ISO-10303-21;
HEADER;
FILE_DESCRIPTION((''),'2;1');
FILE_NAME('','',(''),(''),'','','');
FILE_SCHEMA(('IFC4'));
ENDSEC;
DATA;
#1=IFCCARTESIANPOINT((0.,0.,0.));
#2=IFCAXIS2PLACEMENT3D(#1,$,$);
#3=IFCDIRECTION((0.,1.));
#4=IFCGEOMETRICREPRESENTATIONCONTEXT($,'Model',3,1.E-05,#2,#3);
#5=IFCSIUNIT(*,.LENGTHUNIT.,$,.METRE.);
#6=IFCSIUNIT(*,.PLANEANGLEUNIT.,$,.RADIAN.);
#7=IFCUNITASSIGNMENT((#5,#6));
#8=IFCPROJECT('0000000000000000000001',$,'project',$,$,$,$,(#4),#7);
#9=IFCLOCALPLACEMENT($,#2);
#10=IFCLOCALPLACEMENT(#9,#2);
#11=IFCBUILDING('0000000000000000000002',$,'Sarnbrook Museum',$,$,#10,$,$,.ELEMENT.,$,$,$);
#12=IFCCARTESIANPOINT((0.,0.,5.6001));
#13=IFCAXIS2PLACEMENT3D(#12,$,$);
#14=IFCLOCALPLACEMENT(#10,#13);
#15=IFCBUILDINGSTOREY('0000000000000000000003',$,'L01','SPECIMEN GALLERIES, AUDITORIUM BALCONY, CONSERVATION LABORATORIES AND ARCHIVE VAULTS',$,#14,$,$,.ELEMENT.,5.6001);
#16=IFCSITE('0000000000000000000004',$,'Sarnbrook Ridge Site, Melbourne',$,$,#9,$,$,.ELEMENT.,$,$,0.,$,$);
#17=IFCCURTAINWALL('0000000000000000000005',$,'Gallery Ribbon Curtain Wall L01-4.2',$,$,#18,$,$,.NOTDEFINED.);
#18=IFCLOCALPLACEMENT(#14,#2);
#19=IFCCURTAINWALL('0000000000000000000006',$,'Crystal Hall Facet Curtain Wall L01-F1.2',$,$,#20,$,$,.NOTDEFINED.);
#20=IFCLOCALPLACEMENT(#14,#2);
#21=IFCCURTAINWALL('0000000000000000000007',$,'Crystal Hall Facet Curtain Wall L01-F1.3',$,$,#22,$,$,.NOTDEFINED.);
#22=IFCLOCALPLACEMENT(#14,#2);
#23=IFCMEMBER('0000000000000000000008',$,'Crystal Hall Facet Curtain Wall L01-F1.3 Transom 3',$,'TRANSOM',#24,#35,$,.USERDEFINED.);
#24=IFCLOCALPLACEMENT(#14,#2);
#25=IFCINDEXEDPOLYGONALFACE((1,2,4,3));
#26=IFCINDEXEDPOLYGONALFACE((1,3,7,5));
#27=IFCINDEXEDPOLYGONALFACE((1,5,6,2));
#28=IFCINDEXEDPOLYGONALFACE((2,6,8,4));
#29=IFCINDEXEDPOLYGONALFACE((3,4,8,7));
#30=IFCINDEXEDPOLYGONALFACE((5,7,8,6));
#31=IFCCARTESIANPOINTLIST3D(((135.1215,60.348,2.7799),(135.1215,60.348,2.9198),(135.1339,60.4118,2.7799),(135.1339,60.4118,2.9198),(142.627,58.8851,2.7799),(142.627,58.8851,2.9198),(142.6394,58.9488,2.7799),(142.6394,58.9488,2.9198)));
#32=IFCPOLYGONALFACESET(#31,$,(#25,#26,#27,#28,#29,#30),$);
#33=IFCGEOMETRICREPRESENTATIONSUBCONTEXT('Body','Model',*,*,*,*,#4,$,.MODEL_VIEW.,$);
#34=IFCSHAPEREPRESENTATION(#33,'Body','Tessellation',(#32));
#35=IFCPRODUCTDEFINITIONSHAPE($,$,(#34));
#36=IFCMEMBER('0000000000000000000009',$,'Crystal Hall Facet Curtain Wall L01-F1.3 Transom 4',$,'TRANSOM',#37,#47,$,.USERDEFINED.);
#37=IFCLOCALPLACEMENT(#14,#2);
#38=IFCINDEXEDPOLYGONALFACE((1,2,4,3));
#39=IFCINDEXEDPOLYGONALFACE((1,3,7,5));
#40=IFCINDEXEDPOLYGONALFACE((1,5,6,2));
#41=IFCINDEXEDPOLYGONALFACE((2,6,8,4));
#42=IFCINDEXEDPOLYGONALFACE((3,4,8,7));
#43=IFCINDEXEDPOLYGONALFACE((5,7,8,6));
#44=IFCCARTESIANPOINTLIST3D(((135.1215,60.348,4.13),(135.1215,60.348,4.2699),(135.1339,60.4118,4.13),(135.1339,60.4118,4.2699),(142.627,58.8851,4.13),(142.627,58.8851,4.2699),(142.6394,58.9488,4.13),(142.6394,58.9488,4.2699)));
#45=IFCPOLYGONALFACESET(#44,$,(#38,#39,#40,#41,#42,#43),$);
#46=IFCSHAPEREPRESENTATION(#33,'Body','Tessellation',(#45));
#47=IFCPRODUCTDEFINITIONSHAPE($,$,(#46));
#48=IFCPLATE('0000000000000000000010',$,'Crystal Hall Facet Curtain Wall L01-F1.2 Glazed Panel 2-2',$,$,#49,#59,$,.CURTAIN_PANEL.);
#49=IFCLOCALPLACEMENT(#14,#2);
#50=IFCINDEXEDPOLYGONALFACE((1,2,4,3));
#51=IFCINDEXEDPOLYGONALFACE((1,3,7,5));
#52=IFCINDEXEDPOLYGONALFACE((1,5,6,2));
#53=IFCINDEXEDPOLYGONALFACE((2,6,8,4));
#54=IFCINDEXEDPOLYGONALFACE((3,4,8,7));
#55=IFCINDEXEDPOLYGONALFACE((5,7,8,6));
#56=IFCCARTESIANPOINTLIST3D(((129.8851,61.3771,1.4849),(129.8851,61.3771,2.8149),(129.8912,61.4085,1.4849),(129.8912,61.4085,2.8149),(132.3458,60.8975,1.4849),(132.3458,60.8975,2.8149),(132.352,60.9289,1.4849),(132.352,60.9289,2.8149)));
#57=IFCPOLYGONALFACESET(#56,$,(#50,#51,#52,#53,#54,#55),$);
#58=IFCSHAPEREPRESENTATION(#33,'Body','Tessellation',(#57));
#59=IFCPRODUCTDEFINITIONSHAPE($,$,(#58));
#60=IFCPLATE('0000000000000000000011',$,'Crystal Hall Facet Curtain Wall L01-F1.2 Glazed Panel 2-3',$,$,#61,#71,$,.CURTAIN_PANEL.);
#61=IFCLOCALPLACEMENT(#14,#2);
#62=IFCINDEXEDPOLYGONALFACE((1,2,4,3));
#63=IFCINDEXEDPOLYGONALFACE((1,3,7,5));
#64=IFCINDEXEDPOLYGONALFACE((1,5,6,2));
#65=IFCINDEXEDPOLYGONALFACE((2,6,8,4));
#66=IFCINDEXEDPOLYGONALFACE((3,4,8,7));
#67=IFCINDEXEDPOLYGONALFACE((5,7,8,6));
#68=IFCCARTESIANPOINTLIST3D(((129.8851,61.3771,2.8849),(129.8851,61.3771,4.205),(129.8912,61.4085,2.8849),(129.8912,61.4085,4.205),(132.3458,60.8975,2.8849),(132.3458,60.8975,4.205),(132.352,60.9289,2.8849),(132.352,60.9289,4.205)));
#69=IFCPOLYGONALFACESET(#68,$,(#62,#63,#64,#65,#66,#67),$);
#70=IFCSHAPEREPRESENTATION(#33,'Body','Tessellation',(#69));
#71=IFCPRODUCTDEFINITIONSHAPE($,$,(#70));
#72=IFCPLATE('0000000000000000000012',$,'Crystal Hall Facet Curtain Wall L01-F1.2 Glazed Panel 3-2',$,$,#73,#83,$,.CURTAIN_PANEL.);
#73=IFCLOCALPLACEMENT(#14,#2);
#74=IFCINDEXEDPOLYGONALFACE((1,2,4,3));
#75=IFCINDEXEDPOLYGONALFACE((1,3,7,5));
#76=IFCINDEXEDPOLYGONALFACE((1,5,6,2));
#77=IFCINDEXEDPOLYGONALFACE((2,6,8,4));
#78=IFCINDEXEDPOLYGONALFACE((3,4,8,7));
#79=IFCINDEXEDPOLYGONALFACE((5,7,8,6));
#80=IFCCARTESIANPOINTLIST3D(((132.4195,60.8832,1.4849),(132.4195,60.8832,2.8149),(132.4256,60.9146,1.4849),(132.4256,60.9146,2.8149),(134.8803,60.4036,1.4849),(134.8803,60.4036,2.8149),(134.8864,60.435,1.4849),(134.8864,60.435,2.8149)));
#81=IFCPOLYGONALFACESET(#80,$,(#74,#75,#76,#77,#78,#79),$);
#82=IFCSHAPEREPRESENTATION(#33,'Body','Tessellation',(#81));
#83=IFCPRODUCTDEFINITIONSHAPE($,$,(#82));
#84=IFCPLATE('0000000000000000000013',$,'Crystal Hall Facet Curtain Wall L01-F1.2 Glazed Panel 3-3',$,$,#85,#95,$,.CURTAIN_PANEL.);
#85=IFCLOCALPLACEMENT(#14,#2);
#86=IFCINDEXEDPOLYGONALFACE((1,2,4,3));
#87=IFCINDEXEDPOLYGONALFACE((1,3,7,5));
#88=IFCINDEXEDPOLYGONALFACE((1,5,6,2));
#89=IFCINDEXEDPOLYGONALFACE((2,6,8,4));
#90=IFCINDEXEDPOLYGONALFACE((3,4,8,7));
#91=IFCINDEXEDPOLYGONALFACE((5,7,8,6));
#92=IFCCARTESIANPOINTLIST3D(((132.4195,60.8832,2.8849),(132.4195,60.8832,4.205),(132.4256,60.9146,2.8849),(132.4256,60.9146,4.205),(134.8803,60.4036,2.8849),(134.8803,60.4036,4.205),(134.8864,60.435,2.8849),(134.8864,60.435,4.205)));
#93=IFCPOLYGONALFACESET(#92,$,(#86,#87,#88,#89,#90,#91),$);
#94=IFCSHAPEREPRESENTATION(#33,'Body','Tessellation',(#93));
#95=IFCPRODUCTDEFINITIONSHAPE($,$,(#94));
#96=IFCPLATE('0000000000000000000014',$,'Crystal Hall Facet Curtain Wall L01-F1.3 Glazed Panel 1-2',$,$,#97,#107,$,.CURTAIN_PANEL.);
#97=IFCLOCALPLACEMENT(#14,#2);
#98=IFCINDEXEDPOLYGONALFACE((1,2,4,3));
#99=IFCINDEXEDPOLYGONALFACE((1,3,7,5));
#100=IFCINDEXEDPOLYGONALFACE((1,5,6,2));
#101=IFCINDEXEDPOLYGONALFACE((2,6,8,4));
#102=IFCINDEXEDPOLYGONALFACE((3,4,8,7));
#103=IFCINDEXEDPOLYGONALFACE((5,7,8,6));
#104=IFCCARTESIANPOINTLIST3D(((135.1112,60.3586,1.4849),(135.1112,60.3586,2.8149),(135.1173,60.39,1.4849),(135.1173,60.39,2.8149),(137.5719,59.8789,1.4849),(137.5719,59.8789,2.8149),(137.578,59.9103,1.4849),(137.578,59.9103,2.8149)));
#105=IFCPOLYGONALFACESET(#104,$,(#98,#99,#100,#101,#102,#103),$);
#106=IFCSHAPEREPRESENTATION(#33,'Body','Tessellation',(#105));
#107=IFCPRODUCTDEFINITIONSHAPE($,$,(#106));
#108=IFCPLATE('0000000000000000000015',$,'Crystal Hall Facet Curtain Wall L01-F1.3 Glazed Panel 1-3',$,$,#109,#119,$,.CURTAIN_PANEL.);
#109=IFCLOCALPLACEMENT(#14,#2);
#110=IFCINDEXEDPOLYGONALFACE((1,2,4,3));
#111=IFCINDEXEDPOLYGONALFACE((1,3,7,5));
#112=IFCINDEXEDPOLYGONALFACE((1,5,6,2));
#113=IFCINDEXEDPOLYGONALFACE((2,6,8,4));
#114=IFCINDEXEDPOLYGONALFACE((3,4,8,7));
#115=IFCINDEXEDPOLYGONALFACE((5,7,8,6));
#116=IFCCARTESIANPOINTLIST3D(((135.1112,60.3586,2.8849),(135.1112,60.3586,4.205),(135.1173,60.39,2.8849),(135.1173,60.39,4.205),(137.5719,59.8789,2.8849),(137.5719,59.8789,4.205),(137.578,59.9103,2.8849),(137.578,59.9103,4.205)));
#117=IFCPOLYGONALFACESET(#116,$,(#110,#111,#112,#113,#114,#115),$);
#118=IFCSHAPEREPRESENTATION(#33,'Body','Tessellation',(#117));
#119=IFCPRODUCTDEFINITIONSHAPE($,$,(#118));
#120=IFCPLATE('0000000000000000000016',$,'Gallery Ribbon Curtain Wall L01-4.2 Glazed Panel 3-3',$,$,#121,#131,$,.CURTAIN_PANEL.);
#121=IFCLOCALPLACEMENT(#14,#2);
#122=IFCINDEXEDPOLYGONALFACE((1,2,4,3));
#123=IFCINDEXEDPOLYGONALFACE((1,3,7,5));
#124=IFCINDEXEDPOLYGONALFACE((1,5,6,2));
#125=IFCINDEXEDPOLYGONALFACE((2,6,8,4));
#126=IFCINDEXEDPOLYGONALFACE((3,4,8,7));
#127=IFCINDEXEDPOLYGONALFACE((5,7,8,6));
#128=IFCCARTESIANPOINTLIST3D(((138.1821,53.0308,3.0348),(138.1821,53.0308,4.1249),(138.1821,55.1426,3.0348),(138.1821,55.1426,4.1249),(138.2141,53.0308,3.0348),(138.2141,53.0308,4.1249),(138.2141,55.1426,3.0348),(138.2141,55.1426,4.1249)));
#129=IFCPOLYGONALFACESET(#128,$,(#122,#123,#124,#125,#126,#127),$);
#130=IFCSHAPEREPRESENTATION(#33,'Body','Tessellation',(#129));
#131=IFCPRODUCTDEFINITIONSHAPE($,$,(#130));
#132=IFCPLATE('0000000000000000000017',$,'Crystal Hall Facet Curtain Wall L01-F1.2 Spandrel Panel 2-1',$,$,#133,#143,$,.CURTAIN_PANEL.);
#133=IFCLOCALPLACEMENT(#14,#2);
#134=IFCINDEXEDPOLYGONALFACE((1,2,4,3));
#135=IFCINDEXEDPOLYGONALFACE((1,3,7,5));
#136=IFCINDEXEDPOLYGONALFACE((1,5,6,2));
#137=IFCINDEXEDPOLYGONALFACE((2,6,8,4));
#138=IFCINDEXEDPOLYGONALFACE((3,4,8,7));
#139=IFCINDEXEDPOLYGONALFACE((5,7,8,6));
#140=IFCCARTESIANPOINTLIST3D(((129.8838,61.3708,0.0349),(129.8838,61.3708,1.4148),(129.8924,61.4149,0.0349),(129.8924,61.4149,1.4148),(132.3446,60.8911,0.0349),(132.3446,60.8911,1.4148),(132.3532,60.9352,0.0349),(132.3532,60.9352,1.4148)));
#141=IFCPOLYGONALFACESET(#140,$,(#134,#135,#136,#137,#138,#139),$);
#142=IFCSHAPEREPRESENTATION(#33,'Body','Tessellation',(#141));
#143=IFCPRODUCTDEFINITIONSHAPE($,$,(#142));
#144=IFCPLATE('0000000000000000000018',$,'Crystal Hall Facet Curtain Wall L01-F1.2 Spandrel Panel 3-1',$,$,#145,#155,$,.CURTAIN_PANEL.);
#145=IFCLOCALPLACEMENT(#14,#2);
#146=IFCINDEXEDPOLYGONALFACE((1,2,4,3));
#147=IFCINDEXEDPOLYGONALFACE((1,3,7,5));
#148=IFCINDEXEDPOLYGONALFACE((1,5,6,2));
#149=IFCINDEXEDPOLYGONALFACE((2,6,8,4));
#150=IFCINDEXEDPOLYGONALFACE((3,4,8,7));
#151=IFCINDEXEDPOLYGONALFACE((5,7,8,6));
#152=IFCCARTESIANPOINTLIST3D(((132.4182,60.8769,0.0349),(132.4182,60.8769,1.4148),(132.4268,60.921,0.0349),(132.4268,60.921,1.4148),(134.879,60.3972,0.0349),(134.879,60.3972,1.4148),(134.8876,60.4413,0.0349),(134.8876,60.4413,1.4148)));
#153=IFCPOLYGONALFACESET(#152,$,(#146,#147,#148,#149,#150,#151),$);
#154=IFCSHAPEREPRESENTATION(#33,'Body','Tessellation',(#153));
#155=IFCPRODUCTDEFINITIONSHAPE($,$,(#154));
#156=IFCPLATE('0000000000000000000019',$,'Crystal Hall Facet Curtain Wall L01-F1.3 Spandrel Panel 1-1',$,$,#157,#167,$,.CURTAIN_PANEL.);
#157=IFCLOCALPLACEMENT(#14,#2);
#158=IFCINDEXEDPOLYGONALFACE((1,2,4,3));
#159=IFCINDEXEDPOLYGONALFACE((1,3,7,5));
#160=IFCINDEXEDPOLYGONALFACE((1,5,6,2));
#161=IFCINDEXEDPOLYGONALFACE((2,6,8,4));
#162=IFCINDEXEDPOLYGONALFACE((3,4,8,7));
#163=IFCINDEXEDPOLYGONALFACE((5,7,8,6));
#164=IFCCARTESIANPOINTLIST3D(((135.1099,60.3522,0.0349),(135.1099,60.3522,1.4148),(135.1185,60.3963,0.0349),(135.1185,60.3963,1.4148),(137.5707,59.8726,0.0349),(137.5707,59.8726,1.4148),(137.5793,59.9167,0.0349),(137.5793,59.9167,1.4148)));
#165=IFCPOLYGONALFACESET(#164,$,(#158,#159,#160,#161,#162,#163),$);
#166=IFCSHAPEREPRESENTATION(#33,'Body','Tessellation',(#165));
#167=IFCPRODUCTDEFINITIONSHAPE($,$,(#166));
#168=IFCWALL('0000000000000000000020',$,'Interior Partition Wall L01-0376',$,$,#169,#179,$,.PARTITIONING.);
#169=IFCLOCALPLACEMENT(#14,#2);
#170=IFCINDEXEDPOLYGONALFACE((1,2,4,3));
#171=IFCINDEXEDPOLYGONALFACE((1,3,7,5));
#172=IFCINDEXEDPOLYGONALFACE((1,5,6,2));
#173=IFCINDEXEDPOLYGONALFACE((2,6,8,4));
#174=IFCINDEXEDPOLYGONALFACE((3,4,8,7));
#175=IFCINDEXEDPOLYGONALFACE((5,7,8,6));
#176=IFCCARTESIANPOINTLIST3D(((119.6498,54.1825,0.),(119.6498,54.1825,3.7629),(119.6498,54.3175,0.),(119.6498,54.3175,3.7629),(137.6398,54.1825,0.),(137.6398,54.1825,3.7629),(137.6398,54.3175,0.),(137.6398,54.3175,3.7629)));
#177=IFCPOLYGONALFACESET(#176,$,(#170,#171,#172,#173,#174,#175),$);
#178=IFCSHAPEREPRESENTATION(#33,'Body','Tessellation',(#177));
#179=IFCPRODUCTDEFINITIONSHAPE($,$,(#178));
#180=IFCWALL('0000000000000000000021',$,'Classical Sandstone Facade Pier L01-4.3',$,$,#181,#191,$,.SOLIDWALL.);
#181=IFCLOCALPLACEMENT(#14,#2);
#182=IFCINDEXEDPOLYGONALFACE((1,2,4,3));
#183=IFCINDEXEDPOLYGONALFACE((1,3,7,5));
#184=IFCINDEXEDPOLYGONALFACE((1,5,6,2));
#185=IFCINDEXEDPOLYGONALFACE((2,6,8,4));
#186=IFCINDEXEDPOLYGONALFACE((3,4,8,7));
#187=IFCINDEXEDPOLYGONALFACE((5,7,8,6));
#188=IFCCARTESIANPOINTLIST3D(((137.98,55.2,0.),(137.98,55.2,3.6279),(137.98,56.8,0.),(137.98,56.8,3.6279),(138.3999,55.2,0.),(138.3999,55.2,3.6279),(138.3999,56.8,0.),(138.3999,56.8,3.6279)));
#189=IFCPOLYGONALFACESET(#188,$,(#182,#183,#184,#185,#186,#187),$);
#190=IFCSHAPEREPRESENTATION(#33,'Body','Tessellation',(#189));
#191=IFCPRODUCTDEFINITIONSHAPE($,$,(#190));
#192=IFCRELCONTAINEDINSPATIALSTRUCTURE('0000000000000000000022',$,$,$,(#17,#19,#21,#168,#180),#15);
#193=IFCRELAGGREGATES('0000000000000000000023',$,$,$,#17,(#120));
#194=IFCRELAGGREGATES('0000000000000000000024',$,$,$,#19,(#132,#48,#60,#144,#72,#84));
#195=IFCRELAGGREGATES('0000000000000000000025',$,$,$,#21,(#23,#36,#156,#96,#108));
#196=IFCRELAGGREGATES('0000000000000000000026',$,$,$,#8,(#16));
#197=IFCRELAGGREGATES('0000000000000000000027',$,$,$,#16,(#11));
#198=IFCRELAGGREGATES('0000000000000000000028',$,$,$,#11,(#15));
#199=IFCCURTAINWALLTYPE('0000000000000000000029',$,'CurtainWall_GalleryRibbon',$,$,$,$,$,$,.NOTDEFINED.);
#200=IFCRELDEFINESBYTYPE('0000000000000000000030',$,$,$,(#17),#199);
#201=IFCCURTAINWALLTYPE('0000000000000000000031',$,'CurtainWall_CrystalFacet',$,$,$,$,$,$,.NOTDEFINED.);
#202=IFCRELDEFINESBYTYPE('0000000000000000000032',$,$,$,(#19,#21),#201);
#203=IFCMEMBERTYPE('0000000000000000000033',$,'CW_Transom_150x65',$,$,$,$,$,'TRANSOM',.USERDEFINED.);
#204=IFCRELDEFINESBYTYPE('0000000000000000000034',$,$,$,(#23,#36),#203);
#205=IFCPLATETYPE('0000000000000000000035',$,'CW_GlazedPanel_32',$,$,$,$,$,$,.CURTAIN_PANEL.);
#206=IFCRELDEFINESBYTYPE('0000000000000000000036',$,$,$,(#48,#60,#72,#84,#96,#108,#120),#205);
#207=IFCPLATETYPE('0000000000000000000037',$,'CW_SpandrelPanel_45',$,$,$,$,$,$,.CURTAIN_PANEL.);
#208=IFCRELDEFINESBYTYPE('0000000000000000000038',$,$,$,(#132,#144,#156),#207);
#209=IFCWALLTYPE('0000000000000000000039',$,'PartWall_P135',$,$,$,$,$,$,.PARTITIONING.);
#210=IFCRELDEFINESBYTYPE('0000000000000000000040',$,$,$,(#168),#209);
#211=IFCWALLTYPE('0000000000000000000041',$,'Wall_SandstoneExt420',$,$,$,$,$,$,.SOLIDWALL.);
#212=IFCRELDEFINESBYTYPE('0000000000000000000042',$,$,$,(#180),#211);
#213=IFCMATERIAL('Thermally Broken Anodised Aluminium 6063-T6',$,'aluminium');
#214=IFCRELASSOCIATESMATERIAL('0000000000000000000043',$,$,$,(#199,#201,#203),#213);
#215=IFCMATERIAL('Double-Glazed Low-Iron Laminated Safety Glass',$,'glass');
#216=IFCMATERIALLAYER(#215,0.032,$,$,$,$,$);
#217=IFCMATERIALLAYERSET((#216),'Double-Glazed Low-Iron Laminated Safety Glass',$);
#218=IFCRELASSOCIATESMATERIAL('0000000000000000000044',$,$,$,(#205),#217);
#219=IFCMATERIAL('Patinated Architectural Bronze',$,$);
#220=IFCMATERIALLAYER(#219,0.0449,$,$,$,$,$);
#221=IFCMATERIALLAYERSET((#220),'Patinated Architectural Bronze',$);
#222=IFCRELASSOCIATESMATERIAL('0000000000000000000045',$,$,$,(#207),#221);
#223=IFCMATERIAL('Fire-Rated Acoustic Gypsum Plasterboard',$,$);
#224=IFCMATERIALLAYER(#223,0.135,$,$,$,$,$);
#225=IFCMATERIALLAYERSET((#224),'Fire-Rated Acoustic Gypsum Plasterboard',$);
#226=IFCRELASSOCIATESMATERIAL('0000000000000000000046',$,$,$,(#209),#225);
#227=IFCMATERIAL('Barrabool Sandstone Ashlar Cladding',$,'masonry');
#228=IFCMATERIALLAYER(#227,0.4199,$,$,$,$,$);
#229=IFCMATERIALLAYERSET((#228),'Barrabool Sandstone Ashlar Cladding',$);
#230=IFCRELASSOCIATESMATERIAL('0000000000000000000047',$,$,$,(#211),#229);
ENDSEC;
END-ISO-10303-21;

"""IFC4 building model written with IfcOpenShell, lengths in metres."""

from ifc_helpers import new_model, si_unit, direction, frame, frame_2d, origin, origin_2d, place, context, subcontext, project, spatial, rectangle, extrude, material, layer, layer_set, material_profile, profile_set, type_object, element, aggregate, save


model = new_model("IFC4")

# Units and contexts
model_context = context("Model", 3, precision=1e-05, world=origin(), true_north=direction((0.0, 1.0)))
body_context = subcontext(model_context, "Body", "Model", "MODEL_VIEW")
ifc_project = project(units=[si_unit("LENGTHUNIT", "METRE"), si_unit("PLANEANGLEUNIT", "RADIAN")], contexts=[model_context])

# Site, building, storey
site_placement = place(None, origin())
site = spatial("IfcSite", under=ifc_project, at=site_placement, Name="Sarnbrook Ridge Site, Melbourne", CompositionType="ELEMENT", RefElevation=0.0)
building_placement = place(site_placement, origin())
building = spatial("IfcBuilding", under=site, at=building_placement, Name="Sarnbrook Museum", CompositionType="ELEMENT")
storey_placement = place(building_placement, frame((0.0, 0.0, 5.6001)))
storey = spatial("IfcBuildingStorey", under=building, at=storey_placement, Name="L01", Description="SPECIMEN GALLERIES, AUDITORIUM BALCONY, CONSERVATION LABORATORIES AND ARCHIVE VAULTS", CompositionType="ELEMENT", Elevation=5.6001)

# Curtain wall
ifc_material_1 = material(Name="Thermally Broken Anodised Aluminium 6063-T6", Category="aluminium")
curtain_wall_type_1 = type_object("IfcCurtainWallType", Name="CurtainWall_GalleryRibbon", PredefinedType="NOTDEFINED", material=ifc_material_1)
curtain_wall_1_placement = place(storey_placement, origin())
curtain_wall_1 = element("IfcCurtainWall", 1, at=curtain_wall_1_placement, inside=storey, type_object=curtain_wall_type_1, Name="Gallery Ribbon Curtain Wall L01-4.2", PredefinedType="NOTDEFINED")

# Curtain walls, members
curtain_wall_type_2 = type_object("IfcCurtainWallType", Name="CurtainWall_CrystalFacet", PredefinedType="NOTDEFINED", material=ifc_material_1)
curtain_wall_2_placement = place(storey_placement, origin())
curtain_wall_2 = element("IfcCurtainWall", 2, at=curtain_wall_2_placement, inside=storey, type_object=curtain_wall_type_2, Name="Crystal Hall Facet Curtain Wall L01-F1.2", PredefinedType="NOTDEFINED")
curtain_wall_3_placement = place(storey_placement, origin())
curtain_wall_3 = element("IfcCurtainWall", 3, at=curtain_wall_3_placement, inside=storey, type_object=curtain_wall_type_2, Name="Crystal Hall Facet Curtain Wall L01-F1.3", PredefinedType="NOTDEFINED")
ifc_material_profile_1 = material_profile(ifc_material_1, rectangle(XDim=0.0649, YDim=0.1399, at=origin_2d()), Name="ALU TRANSOM 65x140")
ifc_profile_set_1 = profile_set([ifc_material_profile_1], Name="Thermally Broken Anodised Aluminium 6063-T6")
member_type_1 = type_object("IfcMemberType", Name="CW_Transom_150x65", ElementType="TRANSOM", PredefinedType="USERDEFINED", material=ifc_profile_set_1)
member_1_placement = place(storey_placement, frame((135.1277, 60.3799, 2.8499), z_axis=(0.981529, -0.191312, 0.0), x_axis=(0.191312, 0.981529, 0.0)))
member_1 = element("IfcMember", 4, at=member_1_placement, type_object=member_type_1, Name="Crystal Hall Facet Curtain Wall L01-F1.3 Transom 3", ObjectType="TRANSOM", PredefinedType="USERDEFINED", context=body_context, shape_type="SweptSolid", body=[
    extrude(rectangle(XDim=0.0649, YDim=0.1399, at=origin_2d()), origin(), (0.0, 0.0, 1.0), 7.6467),
])
member_2_placement = place(storey_placement, frame((135.1277, 60.3799, 4.2), z_axis=(0.981529, -0.191312, 0.0), x_axis=(0.191312, 0.981529, 0.0)))
member_2 = element("IfcMember", 5, at=member_2_placement, type_object=member_type_1, Name="Crystal Hall Facet Curtain Wall L01-F1.3 Transom 4", ObjectType="TRANSOM", PredefinedType="USERDEFINED", context=body_context, shape_type="SweptSolid", body=[
    extrude(rectangle(XDim=0.0649, YDim=0.1399, at=origin_2d()), origin(), (0.0, 0.0, 1.0), 7.6467),
])

# Plates
ifc_material_2 = material(Name="Double-Glazed Low-Iron Laminated Safety Glass", Category="glass")
ifc_layer_1 = layer(ifc_material_2, 0.032)
ifc_layer_set_1 = layer_set([ifc_layer_1], Name="Double-Glazed Low-Iron Laminated Safety Glass")
plate_type_1 = type_object("IfcPlateType", Name="CW_GlazedPanel_32", PredefinedType="CURTAIN_PANEL", material=ifc_layer_set_1)
plate_1_placement = place(storey_placement, frame((131.1216, 61.1687, 2.1499), z_axis=(-0.191317, -0.981528, 0.0), x_axis=(0.981528, -0.191317, 0.0)))
plate_1 = element("IfcPlate", 6, at=plate_1_placement, type_object=plate_type_1, Name="Crystal Hall Facet Curtain Wall L01-F1.2 Glazed Panel 2-2", PredefinedType="CURTAIN_PANEL", context=body_context, shape_type="SweptSolid", body=[
    extrude(rectangle(XDim=2.5071, YDim=1.3301, at=origin_2d()), origin(), (0.0, 0.0, 1.0), 0.032),
])
plate_2_placement = place(storey_placement, frame((131.1216, 61.1687, 3.5449), z_axis=(-0.191317, -0.981528, 0.0), x_axis=(0.981528, -0.191317, 0.0)))
plate_2 = element("IfcPlate", 7, at=plate_2_placement, type_object=plate_type_1, Name="Crystal Hall Facet Curtain Wall L01-F1.2 Glazed Panel 2-3", PredefinedType="CURTAIN_PANEL", context=body_context, shape_type="SweptSolid", body=[
    extrude(rectangle(XDim=2.5071, YDim=1.3201, at=origin_2d()), origin(), (0.0, 0.0, 1.0), 0.032),
])
plate_3_placement = place(storey_placement, frame((133.656, 60.6748, 2.1499), z_axis=(-0.191317, -0.981528, 0.0), x_axis=(0.981528, -0.191317, 0.0)))
plate_3 = element("IfcPlate", 8, at=plate_3_placement, type_object=plate_type_1, Name="Crystal Hall Facet Curtain Wall L01-F1.2 Glazed Panel 3-2", PredefinedType="CURTAIN_PANEL", context=body_context, shape_type="SweptSolid", body=[
    extrude(rectangle(XDim=2.5071, YDim=1.3301, at=origin_2d()), origin(), (0.0, 0.0, 1.0), 0.032),
])
plate_4_placement = place(storey_placement, frame((133.656, 60.6748, 3.5449), z_axis=(-0.191317, -0.981528, 0.0), x_axis=(0.981528, -0.191317, 0.0)))
plate_4 = element("IfcPlate", 9, at=plate_4_placement, type_object=plate_type_1, Name="Crystal Hall Facet Curtain Wall L01-F1.2 Glazed Panel 3-3", PredefinedType="CURTAIN_PANEL", context=body_context, shape_type="SweptSolid", body=[
    extrude(rectangle(XDim=2.5071, YDim=1.3201, at=origin_2d()), origin(), (0.0, 0.0, 1.0), 0.032),
])
plate_5_placement = place(storey_placement, frame((136.3477, 60.1501, 2.1499), z_axis=(-0.191317, -0.981528, 0.0), x_axis=(0.981528, -0.191317, 0.0)))
plate_5 = element("IfcPlate", 10, at=plate_5_placement, type_object=plate_type_1, Name="Crystal Hall Facet Curtain Wall L01-F1.3 Glazed Panel 1-2", PredefinedType="CURTAIN_PANEL", context=body_context, shape_type="SweptSolid", body=[
    extrude(rectangle(XDim=2.5071, YDim=1.3301, at=origin_2d()), origin(), (0.0, 0.0, 1.0), 0.032),
])
plate_6_placement = place(storey_placement, frame((136.3477, 60.1501, 3.5449), z_axis=(-0.191317, -0.981528, 0.0), x_axis=(0.981528, -0.191317, 0.0)))
plate_6 = element("IfcPlate", 11, at=plate_6_placement, type_object=plate_type_1, Name="Crystal Hall Facet Curtain Wall L01-F1.3 Glazed Panel 1-3", PredefinedType="CURTAIN_PANEL", context=body_context, shape_type="SweptSolid", body=[
    extrude(rectangle(XDim=2.5071, YDim=1.3201, at=origin_2d()), origin(), (0.0, 0.0, 1.0), 0.032),
])
plate_7_placement = place(storey_placement, frame((138.1821, 54.0867, 3.5798), z_axis=(1.0, 0.0, 0.0), x_axis=(0.0, 1.0, 0.0)))
plate_7 = element("IfcPlate", 12, at=plate_7_placement, type_object=plate_type_1, Name="Gallery Ribbon Curtain Wall L01-4.2 Glazed Panel 3-3", PredefinedType="CURTAIN_PANEL", context=body_context, shape_type="SweptSolid", body=[
    extrude(rectangle(XDim=2.1118, YDim=1.0901, at=origin_2d()), origin(), (0.0, 0.0, 1.0), 0.032),
])
aggregate(curtain_wall_1, [plate_7])
ifc_material_3 = material(Name="Patinated Architectural Bronze")
ifc_layer_2 = layer(ifc_material_3, 0.0449)
ifc_layer_set_2 = layer_set([ifc_layer_2], Name="Patinated Architectural Bronze")
plate_type_2 = type_object("IfcPlateType", Name="CW_SpandrelPanel_45", PredefinedType="CURTAIN_PANEL", material=ifc_layer_set_2)
plate_8_placement = place(storey_placement, frame((131.1228, 61.175, 0.7249), z_axis=(-0.191317, -0.981528, 0.0), x_axis=(0.981528, -0.191317, 0.0)))
plate_8 = element("IfcPlate", 13, at=plate_8_placement, type_object=plate_type_2, Name="Crystal Hall Facet Curtain Wall L01-F1.2 Spandrel Panel 2-1", PredefinedType="CURTAIN_PANEL", context=body_context, shape_type="SweptSolid", body=[
    extrude(rectangle(XDim=2.5071, YDim=1.3799, at=origin_2d()), origin(), (0.0, 0.0, 1.0), 0.0449),
])
plate_9_placement = place(storey_placement, frame((133.6572, 60.6812, 0.7249), z_axis=(-0.191317, -0.981528, 0.0), x_axis=(0.981528, -0.191317, 0.0)))
plate_9 = element("IfcPlate", 14, at=plate_9_placement, type_object=plate_type_2, Name="Crystal Hall Facet Curtain Wall L01-F1.2 Spandrel Panel 3-1", PredefinedType="CURTAIN_PANEL", context=body_context, shape_type="SweptSolid", body=[
    extrude(rectangle(XDim=2.5071, YDim=1.3799, at=origin_2d()), origin(), (0.0, 0.0, 1.0), 0.0449),
])
aggregate(curtain_wall_2, [plate_8, plate_1, plate_2, plate_9, plate_3, plate_4])
plate_10_placement = place(storey_placement, frame((136.3489, 60.1565, 0.7249), z_axis=(-0.191317, -0.981528, 0.0), x_axis=(0.981528, -0.191317, 0.0)))
plate_10 = element("IfcPlate", 15, at=plate_10_placement, type_object=plate_type_2, Name="Crystal Hall Facet Curtain Wall L01-F1.3 Spandrel Panel 1-1", PredefinedType="CURTAIN_PANEL", context=body_context, shape_type="SweptSolid", body=[
    extrude(rectangle(XDim=2.5071, YDim=1.3799, at=origin_2d()), origin(), (0.0, 0.0, 1.0), 0.0449),
])
aggregate(curtain_wall_3, [member_1, member_2, plate_10, plate_5, plate_6])

# Walls
ifc_material_4 = material(Name="Fire-Rated Acoustic Gypsum Plasterboard")
ifc_layer_3 = layer(ifc_material_4, 0.135)
ifc_layer_set_3 = layer_set([ifc_layer_3], Name="Fire-Rated Acoustic Gypsum Plasterboard")
wall_type_1 = type_object("IfcWallType", Name="PartWall_P135", PredefinedType="PARTITIONING", material=ifc_layer_set_3)
wall_1_placement = place(storey_placement, frame((137.6399, 54.25, 0.0), z_axis=(0.0, 0.0, 1.0), x_axis=(-1.0, 0.0, 0.0)))
element("IfcWall", 16, at=wall_1_placement, inside=storey, type_object=wall_type_1, Name="Interior Partition Wall L01-0376", PredefinedType="PARTITIONING", context=body_context, shape_type="SweptSolid", body=[
    extrude(rectangle(XDim=17.99, YDim=0.135, at=frame_2d((8.9951, 0.0))), origin(), (0.0, 0.0, 1.0), 3.7629),
])
ifc_material_5 = material(Name="Barrabool Sandstone Ashlar Cladding", Category="masonry")
ifc_layer_4 = layer(ifc_material_5, 0.4199)
ifc_layer_set_4 = layer_set([ifc_layer_4], Name="Barrabool Sandstone Ashlar Cladding")
wall_type_2 = type_object("IfcWallType", Name="Wall_SandstoneExt420", PredefinedType="SOLIDWALL", material=ifc_layer_set_4)
wall_2_placement = place(storey_placement, frame((138.1899, 55.2, 0.0), z_axis=(0.0, 0.0, 1.0), x_axis=(0.0, 1.0, 0.0)))
element("IfcWall", 17, at=wall_2_placement, inside=storey, type_object=wall_type_2, Name="Classical Sandstone Facade Pier L01-4.3", PredefinedType="SOLIDWALL", context=body_context, shape_type="SweptSolid", body=[
    extrude(rectangle(XDim=1.6001, YDim=0.4199, at=frame_2d((0.8, 0.0))), origin(), (0.0, 0.0, 1.0), 3.6279),
])

save(model, "model.ifc")
